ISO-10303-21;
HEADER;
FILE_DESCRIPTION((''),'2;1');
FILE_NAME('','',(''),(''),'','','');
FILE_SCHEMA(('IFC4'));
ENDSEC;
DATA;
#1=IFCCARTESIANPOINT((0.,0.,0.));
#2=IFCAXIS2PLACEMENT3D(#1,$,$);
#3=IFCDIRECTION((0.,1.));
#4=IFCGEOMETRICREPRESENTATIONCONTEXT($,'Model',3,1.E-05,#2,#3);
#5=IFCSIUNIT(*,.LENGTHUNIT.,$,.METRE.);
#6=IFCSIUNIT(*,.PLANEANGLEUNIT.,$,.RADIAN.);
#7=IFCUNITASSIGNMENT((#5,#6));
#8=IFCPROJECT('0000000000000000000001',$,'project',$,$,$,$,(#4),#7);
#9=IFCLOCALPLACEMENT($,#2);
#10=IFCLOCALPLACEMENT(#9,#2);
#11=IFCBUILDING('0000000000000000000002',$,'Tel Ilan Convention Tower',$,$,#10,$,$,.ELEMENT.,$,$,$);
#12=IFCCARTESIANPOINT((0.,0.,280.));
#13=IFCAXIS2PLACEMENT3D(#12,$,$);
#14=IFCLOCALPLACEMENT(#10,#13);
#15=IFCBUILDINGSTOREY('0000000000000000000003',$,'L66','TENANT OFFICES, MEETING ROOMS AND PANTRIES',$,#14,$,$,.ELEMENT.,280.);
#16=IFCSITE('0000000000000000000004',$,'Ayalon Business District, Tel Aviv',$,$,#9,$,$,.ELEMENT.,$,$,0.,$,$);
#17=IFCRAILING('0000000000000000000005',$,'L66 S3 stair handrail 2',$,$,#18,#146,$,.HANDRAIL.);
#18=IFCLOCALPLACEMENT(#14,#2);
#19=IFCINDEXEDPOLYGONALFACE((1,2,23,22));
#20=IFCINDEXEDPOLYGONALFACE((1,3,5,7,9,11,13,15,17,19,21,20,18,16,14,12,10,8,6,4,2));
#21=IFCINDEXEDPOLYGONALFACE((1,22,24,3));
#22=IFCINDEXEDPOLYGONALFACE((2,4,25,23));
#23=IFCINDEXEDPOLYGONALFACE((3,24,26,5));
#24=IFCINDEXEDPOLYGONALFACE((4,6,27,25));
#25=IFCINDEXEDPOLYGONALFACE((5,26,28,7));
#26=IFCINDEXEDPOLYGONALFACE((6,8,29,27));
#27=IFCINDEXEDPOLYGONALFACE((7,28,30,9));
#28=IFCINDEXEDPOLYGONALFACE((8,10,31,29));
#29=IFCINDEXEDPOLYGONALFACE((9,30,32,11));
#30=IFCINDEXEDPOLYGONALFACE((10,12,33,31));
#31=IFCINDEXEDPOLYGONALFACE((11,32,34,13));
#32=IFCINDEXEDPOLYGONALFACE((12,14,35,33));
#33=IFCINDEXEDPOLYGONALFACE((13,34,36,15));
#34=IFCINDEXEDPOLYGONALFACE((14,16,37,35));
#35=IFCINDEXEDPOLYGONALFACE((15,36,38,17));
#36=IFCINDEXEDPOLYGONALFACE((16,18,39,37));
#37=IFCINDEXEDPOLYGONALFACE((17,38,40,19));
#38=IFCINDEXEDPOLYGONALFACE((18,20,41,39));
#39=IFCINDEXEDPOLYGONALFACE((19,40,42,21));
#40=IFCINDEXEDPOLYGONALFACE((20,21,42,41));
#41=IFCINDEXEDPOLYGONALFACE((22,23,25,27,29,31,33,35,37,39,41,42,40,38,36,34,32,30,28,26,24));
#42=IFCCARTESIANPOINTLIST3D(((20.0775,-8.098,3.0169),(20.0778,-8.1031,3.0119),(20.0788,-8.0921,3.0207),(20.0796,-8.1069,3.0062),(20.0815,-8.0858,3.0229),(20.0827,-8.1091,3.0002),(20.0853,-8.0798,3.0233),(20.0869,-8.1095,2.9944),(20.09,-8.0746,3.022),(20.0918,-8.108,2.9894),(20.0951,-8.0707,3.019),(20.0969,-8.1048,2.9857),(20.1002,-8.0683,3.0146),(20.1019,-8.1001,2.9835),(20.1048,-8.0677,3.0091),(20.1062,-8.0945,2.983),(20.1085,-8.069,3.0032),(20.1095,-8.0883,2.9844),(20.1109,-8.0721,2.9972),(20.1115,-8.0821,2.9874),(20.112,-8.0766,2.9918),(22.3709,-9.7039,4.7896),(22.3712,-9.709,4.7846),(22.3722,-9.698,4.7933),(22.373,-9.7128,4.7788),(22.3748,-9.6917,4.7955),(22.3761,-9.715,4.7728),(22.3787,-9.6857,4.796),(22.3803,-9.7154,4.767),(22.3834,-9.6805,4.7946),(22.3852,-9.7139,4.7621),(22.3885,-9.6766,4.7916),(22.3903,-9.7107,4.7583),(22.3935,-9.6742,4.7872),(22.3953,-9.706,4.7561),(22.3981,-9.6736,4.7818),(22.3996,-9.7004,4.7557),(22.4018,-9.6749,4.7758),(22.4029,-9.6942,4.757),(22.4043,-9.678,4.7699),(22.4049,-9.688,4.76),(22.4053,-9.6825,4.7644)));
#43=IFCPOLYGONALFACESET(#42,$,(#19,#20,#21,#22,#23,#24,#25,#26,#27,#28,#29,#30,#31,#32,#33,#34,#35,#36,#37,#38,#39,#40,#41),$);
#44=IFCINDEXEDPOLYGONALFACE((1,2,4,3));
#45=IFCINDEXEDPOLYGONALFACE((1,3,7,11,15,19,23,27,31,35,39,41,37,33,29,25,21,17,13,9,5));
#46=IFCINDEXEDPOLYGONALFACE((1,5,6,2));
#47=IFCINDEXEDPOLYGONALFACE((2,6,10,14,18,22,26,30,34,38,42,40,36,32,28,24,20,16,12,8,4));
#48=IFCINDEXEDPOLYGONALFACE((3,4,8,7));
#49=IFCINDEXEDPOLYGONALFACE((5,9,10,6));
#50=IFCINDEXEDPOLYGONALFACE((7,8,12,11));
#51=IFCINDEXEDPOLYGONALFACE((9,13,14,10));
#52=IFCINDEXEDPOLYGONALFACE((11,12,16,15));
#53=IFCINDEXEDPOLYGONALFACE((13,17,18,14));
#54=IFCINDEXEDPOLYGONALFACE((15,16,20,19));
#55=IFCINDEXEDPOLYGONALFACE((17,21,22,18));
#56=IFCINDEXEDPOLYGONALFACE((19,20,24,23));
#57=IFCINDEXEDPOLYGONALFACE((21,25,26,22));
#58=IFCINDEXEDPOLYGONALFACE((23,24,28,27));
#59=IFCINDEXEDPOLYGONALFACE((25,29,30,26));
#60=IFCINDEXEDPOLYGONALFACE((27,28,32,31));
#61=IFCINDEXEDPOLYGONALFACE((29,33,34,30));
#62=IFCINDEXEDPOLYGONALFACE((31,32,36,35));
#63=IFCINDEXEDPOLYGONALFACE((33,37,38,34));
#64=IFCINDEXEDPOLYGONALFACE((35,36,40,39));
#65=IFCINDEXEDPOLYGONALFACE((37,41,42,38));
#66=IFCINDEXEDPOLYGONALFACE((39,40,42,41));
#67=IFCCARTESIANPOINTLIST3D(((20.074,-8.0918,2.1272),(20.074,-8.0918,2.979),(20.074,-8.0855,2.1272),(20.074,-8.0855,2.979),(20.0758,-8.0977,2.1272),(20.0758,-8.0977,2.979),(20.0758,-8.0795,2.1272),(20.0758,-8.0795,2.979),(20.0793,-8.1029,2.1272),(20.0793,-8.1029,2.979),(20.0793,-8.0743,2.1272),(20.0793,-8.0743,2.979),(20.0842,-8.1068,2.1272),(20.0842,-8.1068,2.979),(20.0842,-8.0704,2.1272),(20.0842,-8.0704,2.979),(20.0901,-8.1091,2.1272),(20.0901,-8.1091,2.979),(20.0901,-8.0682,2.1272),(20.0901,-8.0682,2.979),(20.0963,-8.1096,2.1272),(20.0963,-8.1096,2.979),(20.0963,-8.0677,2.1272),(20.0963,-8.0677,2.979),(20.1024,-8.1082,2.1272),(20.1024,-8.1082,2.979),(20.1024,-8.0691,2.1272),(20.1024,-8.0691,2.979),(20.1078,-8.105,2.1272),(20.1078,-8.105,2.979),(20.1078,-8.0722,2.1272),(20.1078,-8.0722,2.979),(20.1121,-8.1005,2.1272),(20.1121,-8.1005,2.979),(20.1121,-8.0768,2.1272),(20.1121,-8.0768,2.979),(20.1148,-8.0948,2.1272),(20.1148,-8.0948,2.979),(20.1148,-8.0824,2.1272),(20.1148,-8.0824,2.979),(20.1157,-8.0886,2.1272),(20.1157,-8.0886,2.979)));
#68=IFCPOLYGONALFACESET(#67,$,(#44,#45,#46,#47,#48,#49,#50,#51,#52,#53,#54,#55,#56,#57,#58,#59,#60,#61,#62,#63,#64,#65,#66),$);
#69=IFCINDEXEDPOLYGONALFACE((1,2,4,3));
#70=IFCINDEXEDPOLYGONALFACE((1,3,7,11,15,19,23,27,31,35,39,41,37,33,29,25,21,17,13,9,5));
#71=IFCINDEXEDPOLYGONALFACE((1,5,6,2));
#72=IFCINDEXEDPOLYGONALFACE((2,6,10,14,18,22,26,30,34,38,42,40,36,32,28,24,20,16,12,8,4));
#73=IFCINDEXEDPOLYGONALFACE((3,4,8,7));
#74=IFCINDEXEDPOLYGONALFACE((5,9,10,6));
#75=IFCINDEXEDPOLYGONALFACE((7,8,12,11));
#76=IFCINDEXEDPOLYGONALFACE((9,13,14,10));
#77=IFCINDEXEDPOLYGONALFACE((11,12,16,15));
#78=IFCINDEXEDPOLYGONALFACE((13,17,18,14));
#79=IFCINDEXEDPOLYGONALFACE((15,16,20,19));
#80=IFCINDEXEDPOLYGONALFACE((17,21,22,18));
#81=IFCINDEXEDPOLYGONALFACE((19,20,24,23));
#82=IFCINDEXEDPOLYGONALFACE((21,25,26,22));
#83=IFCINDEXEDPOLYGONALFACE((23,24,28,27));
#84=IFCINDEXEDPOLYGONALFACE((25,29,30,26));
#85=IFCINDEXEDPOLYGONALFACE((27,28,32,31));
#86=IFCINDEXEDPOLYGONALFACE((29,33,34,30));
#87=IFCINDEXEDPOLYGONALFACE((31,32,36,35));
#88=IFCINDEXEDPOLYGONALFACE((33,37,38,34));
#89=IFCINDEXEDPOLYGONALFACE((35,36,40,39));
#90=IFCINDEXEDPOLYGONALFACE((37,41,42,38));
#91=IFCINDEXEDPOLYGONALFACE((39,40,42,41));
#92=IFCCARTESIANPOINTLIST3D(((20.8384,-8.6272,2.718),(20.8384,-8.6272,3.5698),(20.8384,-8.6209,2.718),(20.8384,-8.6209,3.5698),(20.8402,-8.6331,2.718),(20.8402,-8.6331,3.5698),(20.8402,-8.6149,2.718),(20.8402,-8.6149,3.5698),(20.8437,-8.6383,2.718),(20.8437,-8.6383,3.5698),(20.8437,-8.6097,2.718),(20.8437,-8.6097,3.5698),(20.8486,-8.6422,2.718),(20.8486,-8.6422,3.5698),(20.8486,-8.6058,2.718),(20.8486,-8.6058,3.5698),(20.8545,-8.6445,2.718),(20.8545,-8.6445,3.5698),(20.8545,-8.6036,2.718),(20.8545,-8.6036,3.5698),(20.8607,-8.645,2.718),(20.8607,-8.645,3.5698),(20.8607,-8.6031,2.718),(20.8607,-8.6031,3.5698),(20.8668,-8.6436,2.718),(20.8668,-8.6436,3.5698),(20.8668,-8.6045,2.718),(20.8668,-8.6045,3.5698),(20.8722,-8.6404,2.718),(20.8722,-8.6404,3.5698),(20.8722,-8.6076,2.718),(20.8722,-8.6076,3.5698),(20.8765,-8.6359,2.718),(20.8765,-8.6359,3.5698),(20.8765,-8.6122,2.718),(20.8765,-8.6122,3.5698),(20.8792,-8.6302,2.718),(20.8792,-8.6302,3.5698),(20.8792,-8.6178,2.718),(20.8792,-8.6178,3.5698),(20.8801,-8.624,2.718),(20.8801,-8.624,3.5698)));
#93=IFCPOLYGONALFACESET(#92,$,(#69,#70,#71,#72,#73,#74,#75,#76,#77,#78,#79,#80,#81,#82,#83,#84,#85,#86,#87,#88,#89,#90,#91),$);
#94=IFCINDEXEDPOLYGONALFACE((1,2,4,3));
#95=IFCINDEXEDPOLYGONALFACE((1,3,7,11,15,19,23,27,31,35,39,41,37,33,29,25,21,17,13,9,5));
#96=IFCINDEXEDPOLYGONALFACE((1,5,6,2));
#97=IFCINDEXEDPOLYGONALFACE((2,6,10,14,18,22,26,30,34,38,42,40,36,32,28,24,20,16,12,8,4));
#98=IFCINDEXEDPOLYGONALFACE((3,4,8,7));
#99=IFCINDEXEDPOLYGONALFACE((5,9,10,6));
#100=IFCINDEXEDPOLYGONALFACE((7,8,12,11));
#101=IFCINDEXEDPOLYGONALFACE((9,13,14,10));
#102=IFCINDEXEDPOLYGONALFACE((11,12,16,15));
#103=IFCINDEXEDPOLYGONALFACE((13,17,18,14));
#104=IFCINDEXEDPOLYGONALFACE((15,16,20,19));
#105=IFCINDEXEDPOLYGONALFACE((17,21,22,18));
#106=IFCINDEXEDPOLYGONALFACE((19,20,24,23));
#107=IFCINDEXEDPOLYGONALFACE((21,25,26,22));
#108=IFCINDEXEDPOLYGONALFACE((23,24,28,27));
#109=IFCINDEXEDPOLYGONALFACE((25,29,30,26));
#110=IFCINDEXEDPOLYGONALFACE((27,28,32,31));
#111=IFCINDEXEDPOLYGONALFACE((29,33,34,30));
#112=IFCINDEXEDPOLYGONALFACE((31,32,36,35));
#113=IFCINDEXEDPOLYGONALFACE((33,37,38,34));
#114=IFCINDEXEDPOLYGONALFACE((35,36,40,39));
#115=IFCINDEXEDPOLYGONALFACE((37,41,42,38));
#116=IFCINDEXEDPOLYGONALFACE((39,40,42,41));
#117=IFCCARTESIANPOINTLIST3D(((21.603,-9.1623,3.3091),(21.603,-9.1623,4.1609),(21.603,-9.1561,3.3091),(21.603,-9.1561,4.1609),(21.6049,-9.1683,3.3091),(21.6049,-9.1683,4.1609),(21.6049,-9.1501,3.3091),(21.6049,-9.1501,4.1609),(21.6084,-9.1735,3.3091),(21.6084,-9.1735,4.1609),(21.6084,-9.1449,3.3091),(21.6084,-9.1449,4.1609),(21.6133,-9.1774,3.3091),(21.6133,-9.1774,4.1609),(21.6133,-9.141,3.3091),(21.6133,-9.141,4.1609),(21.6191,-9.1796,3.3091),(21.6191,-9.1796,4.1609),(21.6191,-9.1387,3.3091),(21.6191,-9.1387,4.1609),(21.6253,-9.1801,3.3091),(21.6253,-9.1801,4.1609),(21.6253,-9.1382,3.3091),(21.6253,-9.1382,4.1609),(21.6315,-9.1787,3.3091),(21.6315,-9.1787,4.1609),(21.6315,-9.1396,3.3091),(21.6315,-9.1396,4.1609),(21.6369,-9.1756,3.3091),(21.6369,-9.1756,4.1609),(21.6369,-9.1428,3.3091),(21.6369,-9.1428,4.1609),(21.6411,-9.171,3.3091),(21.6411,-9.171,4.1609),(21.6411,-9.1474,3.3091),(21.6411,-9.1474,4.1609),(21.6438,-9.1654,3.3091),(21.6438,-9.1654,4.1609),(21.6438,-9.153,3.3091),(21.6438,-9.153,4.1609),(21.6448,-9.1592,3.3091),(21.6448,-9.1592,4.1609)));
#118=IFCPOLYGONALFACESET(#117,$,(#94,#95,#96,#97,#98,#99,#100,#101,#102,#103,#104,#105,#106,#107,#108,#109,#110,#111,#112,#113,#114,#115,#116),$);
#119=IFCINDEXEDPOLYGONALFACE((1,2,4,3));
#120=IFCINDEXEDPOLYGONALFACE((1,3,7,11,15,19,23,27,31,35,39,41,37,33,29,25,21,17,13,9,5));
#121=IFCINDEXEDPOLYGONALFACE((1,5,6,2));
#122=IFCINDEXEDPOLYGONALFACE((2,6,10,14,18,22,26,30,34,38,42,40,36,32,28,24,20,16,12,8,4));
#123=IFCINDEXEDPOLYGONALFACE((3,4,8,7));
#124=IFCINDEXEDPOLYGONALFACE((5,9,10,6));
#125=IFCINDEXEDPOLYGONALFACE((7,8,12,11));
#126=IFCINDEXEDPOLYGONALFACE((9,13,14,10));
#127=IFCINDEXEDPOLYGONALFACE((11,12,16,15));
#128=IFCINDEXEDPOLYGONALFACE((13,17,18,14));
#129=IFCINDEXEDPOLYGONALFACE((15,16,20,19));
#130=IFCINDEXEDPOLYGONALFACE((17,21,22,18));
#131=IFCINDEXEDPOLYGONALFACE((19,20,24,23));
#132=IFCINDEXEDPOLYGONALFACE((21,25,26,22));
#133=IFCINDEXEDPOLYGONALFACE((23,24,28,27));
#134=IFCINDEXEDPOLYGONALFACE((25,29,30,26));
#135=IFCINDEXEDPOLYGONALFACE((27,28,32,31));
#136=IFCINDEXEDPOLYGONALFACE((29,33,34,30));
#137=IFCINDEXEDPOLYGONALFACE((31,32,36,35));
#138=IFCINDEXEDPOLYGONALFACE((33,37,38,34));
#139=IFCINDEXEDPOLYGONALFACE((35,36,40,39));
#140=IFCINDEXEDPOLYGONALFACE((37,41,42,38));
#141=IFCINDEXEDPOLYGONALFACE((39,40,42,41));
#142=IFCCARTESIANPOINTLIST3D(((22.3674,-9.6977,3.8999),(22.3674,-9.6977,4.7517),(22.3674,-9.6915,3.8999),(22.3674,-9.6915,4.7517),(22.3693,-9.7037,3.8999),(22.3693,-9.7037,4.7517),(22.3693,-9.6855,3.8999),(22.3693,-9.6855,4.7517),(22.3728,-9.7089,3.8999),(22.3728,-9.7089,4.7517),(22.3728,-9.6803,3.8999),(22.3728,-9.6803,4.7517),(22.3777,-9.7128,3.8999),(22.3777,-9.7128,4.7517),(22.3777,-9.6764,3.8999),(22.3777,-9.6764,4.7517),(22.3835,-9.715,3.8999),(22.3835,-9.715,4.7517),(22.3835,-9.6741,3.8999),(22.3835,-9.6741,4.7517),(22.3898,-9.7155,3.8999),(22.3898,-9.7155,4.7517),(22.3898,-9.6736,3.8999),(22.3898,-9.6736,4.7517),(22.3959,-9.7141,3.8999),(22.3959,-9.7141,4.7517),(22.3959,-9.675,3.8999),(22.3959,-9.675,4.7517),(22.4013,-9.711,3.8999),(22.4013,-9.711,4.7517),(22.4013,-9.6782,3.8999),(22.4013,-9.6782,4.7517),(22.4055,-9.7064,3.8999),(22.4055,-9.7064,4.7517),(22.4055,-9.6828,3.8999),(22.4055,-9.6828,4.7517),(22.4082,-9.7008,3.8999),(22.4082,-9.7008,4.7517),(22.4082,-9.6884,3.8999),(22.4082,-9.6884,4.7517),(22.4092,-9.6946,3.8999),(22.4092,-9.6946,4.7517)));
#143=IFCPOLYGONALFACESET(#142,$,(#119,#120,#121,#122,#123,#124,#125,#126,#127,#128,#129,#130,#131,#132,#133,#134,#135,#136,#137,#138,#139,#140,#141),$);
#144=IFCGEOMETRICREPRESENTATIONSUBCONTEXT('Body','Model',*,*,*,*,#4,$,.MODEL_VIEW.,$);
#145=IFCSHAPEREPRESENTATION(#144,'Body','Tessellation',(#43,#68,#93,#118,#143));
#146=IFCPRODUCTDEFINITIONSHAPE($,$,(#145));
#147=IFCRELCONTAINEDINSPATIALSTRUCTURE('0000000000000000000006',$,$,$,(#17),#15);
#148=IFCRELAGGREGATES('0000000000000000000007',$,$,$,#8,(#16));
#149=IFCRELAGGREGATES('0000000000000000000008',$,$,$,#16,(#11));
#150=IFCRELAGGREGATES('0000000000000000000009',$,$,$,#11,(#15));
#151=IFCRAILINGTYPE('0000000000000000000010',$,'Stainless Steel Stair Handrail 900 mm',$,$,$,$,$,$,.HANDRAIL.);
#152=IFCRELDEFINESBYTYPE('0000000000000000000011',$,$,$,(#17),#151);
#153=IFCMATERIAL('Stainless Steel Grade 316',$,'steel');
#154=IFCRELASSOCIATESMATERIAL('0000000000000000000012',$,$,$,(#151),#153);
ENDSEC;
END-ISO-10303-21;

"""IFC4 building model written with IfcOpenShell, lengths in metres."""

from ifc_helpers import new_model, si_unit, direction, frame, origin, origin_2d, place, context, subcontext, project, spatial, circle, extrude, material, type_object, element, save


model = new_model("IFC4")

# Units and contexts
model_context = context("Model", 3, precision=1e-05, world=origin(), true_north=direction((0.0, 1.0)))
body_context = subcontext(model_context, "Body", "Model", "MODEL_VIEW")
ifc_project = project(units=[si_unit("LENGTHUNIT", "METRE"), si_unit("PLANEANGLEUNIT", "RADIAN")], contexts=[model_context])

# Site, building, storey
site_placement = place(None, origin())
site = spatial("IfcSite", under=ifc_project, at=site_placement, Name="Ayalon Business District, Tel Aviv", CompositionType="ELEMENT", RefElevation=0.0)
building_placement = place(site_placement, origin())
building = spatial("IfcBuilding", under=site, at=building_placement, Name="Tel Ilan Convention Tower", CompositionType="ELEMENT")
storey_placement = place(building_placement, frame((0.0, 0.0, 280.0)))
storey = spatial("IfcBuildingStorey", under=building, at=storey_placement, Name="L66", Description="TENANT OFFICES, MEETING ROOMS AND PANTRIES", CompositionType="ELEMENT", Elevation=280.0)

# Railing
ifc_material_1 = material(Name="Stainless Steel Grade 316", Category="steel")
railing_type_1 = type_object("IfcRailingType", Name="Stainless Steel Stair Handrail 900 mm", PredefinedType="HANDRAIL", material=ifc_material_1)
railing_1_placement = place(storey_placement, frame((20.0947, -8.0886, 2.1272)))
element("IfcRailing", 1, at=railing_1_placement, inside=storey, type_object=railing_type_1, Name="L66 S3 stair handrail 2", PredefinedType="HANDRAIL", context=body_context, shape_type="SweptSolid", body=[
    extrude(circle(Radius=0.0239, at=origin_2d()), frame((0.0, 0.0, 0.876), z_axis=(0.692085, -0.484621, 0.53494), x_axis=(0.573591, 0.819142, 0.0)), (0.0, 0.0, 1.0), 3.3137),
    extrude(circle(Radius=0.021, at=origin_2d()), origin(), (0.0, 0.0, 1.0), 0.8518),
    extrude(circle(Radius=0.021, at=origin_2d()), frame((0.7644, -0.5354, 0.5908)), (0.0, 0.0, 1.0), 0.8518),
    extrude(circle(Radius=0.021, at=origin_2d()), frame((1.5291, -1.0706, 1.1819)), (0.0, 0.0, 1.0), 0.8518),
    extrude(circle(Radius=0.021, at=origin_2d()), frame((2.2935, -1.606, 1.7727)), (0.0, 0.0, 1.0), 0.8518),
])

save(model, "model.ifc")
